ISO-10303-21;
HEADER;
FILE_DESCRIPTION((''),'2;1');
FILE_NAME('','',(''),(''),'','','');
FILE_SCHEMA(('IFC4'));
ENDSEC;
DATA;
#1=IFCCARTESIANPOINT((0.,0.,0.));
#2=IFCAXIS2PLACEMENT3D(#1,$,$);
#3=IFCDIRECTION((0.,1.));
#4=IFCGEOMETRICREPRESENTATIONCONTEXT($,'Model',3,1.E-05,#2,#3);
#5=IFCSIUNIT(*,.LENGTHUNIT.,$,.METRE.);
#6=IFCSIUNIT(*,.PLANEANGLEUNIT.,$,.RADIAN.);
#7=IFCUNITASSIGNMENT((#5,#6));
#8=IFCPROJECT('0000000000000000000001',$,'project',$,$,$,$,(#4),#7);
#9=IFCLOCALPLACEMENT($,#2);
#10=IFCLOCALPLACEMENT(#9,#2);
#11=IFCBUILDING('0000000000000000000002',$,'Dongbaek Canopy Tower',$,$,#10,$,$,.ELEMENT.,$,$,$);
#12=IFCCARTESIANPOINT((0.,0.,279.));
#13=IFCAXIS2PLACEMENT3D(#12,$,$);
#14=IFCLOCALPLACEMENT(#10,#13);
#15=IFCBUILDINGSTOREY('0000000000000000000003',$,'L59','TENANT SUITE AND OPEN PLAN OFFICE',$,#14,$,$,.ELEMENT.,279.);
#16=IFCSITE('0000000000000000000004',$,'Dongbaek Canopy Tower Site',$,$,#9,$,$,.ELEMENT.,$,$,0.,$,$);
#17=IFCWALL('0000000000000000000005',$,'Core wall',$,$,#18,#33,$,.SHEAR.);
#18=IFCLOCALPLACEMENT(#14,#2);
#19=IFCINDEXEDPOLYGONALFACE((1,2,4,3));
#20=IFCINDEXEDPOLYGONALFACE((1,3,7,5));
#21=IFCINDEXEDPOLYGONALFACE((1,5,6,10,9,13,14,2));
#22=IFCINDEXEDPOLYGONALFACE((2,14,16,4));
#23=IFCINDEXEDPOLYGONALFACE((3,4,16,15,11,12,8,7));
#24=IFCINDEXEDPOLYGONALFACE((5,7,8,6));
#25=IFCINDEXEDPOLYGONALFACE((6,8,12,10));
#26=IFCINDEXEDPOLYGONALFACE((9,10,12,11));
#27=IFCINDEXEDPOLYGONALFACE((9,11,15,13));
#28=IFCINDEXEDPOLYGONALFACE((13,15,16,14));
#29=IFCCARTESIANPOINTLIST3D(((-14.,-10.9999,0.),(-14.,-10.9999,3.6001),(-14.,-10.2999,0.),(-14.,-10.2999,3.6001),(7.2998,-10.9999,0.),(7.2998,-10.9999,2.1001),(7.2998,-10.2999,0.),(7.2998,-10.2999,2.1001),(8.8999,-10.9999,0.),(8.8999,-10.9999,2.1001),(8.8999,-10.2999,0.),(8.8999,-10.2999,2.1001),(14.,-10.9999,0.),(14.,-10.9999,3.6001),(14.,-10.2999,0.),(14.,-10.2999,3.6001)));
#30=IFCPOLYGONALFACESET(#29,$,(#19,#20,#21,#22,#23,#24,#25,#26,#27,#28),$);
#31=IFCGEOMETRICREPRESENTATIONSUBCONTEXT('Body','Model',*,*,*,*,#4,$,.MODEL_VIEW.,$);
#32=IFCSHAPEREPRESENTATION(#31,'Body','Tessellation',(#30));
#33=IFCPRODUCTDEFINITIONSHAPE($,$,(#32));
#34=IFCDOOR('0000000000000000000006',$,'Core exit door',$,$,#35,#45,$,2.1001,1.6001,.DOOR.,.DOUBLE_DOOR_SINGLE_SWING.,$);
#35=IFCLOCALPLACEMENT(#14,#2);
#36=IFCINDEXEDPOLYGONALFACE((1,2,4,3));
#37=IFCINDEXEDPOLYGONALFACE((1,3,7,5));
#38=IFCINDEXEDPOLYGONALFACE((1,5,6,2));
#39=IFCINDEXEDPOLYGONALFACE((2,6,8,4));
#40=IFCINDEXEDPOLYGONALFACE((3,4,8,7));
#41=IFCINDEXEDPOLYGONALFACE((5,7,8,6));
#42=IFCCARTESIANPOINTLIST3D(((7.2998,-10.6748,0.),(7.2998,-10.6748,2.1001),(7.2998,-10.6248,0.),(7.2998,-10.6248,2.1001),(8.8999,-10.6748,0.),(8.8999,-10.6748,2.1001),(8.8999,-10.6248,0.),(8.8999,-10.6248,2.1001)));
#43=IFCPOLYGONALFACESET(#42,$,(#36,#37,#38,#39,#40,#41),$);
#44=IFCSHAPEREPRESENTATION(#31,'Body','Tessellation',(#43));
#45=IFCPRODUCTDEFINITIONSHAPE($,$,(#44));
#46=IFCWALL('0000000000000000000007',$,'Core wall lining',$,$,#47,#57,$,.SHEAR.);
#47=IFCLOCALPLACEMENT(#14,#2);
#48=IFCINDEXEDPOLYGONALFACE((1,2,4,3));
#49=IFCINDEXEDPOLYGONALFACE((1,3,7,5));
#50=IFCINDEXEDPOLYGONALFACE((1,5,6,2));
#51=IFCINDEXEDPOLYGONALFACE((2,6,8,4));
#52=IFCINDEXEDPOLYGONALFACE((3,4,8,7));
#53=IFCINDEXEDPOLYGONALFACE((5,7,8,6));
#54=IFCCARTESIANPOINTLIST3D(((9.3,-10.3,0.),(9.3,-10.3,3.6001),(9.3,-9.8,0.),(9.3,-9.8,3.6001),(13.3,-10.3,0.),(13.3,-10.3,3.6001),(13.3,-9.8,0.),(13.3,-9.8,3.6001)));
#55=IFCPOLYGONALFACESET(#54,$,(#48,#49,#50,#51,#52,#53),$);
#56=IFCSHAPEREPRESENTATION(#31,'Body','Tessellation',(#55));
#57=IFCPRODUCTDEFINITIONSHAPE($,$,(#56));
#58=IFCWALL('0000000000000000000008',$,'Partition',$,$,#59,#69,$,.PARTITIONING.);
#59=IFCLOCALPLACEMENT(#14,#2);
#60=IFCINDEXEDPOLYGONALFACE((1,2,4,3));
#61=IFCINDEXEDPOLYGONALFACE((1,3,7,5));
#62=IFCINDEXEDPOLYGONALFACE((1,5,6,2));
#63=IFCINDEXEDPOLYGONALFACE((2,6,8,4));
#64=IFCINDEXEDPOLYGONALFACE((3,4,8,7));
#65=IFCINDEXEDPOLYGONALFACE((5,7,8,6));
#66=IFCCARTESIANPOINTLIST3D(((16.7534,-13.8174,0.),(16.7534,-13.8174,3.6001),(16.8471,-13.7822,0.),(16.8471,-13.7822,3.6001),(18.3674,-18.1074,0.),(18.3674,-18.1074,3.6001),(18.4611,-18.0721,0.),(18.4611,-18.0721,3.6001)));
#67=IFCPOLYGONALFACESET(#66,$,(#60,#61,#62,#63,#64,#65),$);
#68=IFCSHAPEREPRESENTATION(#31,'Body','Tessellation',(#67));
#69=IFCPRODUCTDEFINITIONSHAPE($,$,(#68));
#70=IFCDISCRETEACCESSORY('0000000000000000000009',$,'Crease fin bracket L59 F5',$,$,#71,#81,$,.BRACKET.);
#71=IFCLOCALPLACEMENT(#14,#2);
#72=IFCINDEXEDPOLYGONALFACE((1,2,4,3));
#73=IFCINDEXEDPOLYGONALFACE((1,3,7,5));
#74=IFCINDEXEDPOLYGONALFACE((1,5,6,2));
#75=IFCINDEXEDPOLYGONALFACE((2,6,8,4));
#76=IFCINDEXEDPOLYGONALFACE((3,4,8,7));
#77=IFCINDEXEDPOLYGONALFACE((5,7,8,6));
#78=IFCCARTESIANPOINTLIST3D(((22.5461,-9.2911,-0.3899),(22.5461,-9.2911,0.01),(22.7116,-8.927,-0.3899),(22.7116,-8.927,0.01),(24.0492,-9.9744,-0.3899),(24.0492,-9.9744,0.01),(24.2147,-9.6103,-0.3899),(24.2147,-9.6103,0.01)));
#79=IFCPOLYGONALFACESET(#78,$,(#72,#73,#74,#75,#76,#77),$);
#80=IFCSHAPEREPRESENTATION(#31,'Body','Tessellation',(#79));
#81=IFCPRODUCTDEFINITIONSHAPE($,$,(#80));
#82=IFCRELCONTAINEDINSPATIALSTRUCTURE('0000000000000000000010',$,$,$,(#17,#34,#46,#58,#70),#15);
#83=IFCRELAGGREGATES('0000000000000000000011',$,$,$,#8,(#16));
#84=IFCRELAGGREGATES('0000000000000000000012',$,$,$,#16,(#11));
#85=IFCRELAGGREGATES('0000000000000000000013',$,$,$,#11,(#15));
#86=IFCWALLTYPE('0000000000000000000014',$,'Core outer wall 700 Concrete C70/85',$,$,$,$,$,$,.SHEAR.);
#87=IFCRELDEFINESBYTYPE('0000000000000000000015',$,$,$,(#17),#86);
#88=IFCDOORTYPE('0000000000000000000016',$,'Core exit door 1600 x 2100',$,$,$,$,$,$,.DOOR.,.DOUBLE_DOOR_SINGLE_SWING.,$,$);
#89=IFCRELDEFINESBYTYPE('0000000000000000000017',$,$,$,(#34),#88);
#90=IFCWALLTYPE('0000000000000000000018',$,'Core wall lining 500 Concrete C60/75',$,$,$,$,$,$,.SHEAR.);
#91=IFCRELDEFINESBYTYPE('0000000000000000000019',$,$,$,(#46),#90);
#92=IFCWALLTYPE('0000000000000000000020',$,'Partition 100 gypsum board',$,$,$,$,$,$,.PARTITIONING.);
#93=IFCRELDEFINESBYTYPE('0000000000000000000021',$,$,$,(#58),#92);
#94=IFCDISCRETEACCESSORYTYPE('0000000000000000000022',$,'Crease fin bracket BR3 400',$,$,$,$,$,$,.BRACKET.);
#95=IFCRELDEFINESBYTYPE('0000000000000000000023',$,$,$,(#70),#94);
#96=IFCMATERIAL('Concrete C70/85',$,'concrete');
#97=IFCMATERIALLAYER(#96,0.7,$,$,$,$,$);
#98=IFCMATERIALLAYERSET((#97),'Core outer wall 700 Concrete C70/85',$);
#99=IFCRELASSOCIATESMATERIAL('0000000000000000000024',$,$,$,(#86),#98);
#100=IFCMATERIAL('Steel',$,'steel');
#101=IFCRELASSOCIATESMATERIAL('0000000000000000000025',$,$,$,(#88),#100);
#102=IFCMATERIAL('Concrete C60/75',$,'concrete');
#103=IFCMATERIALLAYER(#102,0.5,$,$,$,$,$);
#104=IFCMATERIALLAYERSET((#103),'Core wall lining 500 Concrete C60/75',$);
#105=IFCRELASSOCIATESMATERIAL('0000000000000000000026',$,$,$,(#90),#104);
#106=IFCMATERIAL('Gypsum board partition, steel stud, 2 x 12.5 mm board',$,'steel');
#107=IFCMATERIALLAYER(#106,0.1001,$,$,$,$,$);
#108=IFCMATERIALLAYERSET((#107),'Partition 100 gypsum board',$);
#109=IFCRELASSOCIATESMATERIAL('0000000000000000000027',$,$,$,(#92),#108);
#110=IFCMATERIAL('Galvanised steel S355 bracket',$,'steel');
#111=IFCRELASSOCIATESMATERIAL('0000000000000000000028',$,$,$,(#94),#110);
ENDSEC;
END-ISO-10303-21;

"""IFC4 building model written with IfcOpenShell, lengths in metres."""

from ifc_helpers import new_model, si_unit, direction, frame, frame_2d, origin, origin_2d, place, context, subcontext, project, spatial, rectangle, extrude, material, layer, layer_set, type_object, element, fill, save


model = new_model("IFC4")

# Units and contexts
model_context = context("Model", 3, precision=1e-05, world=origin(), true_north=direction((0.0, 1.0)))
body_context = subcontext(model_context, "Body", "Model", "MODEL_VIEW")
ifc_project = project(units=[si_unit("LENGTHUNIT", "METRE"), si_unit("PLANEANGLEUNIT", "RADIAN")], contexts=[model_context])

# Site, building, storey
site_placement = place(None, origin())
site = spatial("IfcSite", under=ifc_project, at=site_placement, Name="Dongbaek Canopy Tower Site", CompositionType="ELEMENT", RefElevation=0.0)
building_placement = place(site_placement, origin())
building = spatial("IfcBuilding", under=site, at=building_placement, Name="Dongbaek Canopy Tower", CompositionType="ELEMENT")
storey_placement = place(building_placement, frame((0.0, 0.0, 279.0)))
storey = spatial("IfcBuildingStorey", under=building, at=storey_placement, Name="L59", Description="TENANT SUITE AND OPEN PLAN OFFICE", CompositionType="ELEMENT", Elevation=279.0)

# Wall, opening, door
ifc_material_1 = material(Name="Concrete C70/85", Category="concrete")
ifc_layer_1 = layer(ifc_material_1, 0.7)
ifc_layer_set_1 = layer_set([ifc_layer_1], Name="Core outer wall 700 Concrete C70/85")
wall_type_1 = type_object("IfcWallType", Name="Core outer wall 700 Concrete C70/85", PredefinedType="SHEAR", material=ifc_layer_set_1)
wall_1_placement = place(storey_placement, frame((14.0, -10.6499, 0.0), z_axis=(0.0, 0.0, 1.0), x_axis=(-1.0, 0.0, 0.0)))
wall_1 = element("IfcWall", 1, at=wall_1_placement, inside=storey, type_object=wall_type_1, Name="Core wall", PredefinedType="SHEAR", context=body_context, shape_type="SweptSolid", body=[
    extrude(rectangle(XDim=28.0, YDim=0.7, at=frame_2d((14.0, 0.0))), origin(), (0.0, 0.0, 1.0), 3.6001),
])
opening_1_placement = place(wall_1_placement, frame((5.1001, 0.0, 0.0)))
opening_1 = element("IfcOpeningElement", 2, at=opening_1_placement, cuts=wall_1, PredefinedType="OPENING", context=body_context, shape_type="SweptSolid", body=[
    extrude(rectangle(XDim=1.6001, YDim=2.1001, at=frame_2d((0.8, 1.05))), frame((0.0, 0.3599, 0.0), z_axis=(0.0, -1.0, 0.0), x_axis=(1.0, 0.0, 0.0)), (0.0, 0.0, 1.0), 0.72),
])
ifc_material_2 = material(Name="Steel", Category="steel")
door_type_1 = type_object("IfcDoorType", Name="Core exit door 1600 x 2100", OperationType="DOUBLE_DOOR_SINGLE_SWING", PredefinedType="DOOR", material=ifc_material_2)
door_1_placement = place(opening_1_placement, origin())
door_1 = element("IfcDoor", 3, at=door_1_placement, inside=storey, type_object=door_type_1, Name="Core exit door", OperationType="DOUBLE_DOOR_SINGLE_SWING", OverallHeight=2.1001, OverallWidth=1.6001, PredefinedType="DOOR", context=body_context, shape_type="SweptSolid", body=[
    extrude(rectangle(XDim=1.6001, YDim=2.1001, at=frame_2d((0.8, 1.05))), frame((0.0, 0.0249, 0.0), z_axis=(0.0, -1.0, 0.0), x_axis=(1.0, 0.0, 0.0)), (0.0, 0.0, 1.0), 0.05),
])
fill(opening_1, door_1)

# Walls
ifc_material_3 = material(Name="Concrete C60/75", Category="concrete")
ifc_layer_2 = layer(ifc_material_3, 0.5)
ifc_layer_set_2 = layer_set([ifc_layer_2], Name="Core wall lining 500 Concrete C60/75")
wall_type_2 = type_object("IfcWallType", Name="Core wall lining 500 Concrete C60/75", PredefinedType="SHEAR", material=ifc_layer_set_2)
wall_2_placement = place(storey_placement, frame((13.3, -10.05, 0.0), z_axis=(0.0, 0.0, 1.0), x_axis=(-1.0, 0.0, 0.0)))
element("IfcWall", 4, at=wall_2_placement, inside=storey, type_object=wall_type_2, Name="Core wall lining", PredefinedType="SHEAR", context=body_context, shape_type="SweptSolid", body=[
    extrude(rectangle(XDim=4.0, YDim=0.5, at=frame_2d((2.0, 0.0))), origin(), (0.0, 0.0, 1.0), 3.6001),
])
ifc_material_4 = material(Name="Gypsum board partition, steel stud, 2 x 12.5 mm board", Category="steel")
ifc_layer_3 = layer(ifc_material_4, 0.1001)
ifc_layer_set_3 = layer_set([ifc_layer_3], Name="Partition 100 gypsum board")
wall_type_3 = type_object("IfcWallType", Name="Partition 100 gypsum board", PredefinedType="PARTITIONING", material=ifc_layer_set_3)
wall_3_placement = place(storey_placement, frame((16.8003, -13.7998, 0.0), z_axis=(0.0, 0.0, 1.0), x_axis=(0.352127, -0.935952, 0.0)))
element("IfcWall", 5, at=wall_3_placement, inside=storey, type_object=wall_type_3, Name="Partition", PredefinedType="PARTITIONING", context=body_context, shape_type="SweptSolid", body=[
    extrude(rectangle(XDim=4.5835, YDim=0.1001, at=frame_2d((2.2917, 0.0))), origin(), (0.0, 0.0, 1.0), 3.6001),
])

# Discrete accessory
ifc_material_5 = material(Name="Galvanised steel S355 bracket", Category="steel")
discrete_accessory_type = type_object("IfcDiscreteAccessoryType", Name="Crease fin bracket BR3 400", PredefinedType="BRACKET", material=ifc_material_5)
discrete_accessory_placement = place(storey_placement, frame((23.3804, -9.4507, -0.3899), z_axis=(0.0, 0.0, 1.0), x_axis=(0.910351, -0.413837, 0.0)))
element("IfcDiscreteAccessory", 6, at=discrete_accessory_placement, inside=storey, type_object=discrete_accessory_type, Name="Crease fin bracket L59 F5", PredefinedType="BRACKET", context=body_context, shape_type="SweptSolid", body=[
    extrude(rectangle(XDim=1.6511, YDim=0.3999, at=origin_2d()), origin(), (0.0, 0.0, 1.0), 0.3999),
])

save(model, "model.ifc")
